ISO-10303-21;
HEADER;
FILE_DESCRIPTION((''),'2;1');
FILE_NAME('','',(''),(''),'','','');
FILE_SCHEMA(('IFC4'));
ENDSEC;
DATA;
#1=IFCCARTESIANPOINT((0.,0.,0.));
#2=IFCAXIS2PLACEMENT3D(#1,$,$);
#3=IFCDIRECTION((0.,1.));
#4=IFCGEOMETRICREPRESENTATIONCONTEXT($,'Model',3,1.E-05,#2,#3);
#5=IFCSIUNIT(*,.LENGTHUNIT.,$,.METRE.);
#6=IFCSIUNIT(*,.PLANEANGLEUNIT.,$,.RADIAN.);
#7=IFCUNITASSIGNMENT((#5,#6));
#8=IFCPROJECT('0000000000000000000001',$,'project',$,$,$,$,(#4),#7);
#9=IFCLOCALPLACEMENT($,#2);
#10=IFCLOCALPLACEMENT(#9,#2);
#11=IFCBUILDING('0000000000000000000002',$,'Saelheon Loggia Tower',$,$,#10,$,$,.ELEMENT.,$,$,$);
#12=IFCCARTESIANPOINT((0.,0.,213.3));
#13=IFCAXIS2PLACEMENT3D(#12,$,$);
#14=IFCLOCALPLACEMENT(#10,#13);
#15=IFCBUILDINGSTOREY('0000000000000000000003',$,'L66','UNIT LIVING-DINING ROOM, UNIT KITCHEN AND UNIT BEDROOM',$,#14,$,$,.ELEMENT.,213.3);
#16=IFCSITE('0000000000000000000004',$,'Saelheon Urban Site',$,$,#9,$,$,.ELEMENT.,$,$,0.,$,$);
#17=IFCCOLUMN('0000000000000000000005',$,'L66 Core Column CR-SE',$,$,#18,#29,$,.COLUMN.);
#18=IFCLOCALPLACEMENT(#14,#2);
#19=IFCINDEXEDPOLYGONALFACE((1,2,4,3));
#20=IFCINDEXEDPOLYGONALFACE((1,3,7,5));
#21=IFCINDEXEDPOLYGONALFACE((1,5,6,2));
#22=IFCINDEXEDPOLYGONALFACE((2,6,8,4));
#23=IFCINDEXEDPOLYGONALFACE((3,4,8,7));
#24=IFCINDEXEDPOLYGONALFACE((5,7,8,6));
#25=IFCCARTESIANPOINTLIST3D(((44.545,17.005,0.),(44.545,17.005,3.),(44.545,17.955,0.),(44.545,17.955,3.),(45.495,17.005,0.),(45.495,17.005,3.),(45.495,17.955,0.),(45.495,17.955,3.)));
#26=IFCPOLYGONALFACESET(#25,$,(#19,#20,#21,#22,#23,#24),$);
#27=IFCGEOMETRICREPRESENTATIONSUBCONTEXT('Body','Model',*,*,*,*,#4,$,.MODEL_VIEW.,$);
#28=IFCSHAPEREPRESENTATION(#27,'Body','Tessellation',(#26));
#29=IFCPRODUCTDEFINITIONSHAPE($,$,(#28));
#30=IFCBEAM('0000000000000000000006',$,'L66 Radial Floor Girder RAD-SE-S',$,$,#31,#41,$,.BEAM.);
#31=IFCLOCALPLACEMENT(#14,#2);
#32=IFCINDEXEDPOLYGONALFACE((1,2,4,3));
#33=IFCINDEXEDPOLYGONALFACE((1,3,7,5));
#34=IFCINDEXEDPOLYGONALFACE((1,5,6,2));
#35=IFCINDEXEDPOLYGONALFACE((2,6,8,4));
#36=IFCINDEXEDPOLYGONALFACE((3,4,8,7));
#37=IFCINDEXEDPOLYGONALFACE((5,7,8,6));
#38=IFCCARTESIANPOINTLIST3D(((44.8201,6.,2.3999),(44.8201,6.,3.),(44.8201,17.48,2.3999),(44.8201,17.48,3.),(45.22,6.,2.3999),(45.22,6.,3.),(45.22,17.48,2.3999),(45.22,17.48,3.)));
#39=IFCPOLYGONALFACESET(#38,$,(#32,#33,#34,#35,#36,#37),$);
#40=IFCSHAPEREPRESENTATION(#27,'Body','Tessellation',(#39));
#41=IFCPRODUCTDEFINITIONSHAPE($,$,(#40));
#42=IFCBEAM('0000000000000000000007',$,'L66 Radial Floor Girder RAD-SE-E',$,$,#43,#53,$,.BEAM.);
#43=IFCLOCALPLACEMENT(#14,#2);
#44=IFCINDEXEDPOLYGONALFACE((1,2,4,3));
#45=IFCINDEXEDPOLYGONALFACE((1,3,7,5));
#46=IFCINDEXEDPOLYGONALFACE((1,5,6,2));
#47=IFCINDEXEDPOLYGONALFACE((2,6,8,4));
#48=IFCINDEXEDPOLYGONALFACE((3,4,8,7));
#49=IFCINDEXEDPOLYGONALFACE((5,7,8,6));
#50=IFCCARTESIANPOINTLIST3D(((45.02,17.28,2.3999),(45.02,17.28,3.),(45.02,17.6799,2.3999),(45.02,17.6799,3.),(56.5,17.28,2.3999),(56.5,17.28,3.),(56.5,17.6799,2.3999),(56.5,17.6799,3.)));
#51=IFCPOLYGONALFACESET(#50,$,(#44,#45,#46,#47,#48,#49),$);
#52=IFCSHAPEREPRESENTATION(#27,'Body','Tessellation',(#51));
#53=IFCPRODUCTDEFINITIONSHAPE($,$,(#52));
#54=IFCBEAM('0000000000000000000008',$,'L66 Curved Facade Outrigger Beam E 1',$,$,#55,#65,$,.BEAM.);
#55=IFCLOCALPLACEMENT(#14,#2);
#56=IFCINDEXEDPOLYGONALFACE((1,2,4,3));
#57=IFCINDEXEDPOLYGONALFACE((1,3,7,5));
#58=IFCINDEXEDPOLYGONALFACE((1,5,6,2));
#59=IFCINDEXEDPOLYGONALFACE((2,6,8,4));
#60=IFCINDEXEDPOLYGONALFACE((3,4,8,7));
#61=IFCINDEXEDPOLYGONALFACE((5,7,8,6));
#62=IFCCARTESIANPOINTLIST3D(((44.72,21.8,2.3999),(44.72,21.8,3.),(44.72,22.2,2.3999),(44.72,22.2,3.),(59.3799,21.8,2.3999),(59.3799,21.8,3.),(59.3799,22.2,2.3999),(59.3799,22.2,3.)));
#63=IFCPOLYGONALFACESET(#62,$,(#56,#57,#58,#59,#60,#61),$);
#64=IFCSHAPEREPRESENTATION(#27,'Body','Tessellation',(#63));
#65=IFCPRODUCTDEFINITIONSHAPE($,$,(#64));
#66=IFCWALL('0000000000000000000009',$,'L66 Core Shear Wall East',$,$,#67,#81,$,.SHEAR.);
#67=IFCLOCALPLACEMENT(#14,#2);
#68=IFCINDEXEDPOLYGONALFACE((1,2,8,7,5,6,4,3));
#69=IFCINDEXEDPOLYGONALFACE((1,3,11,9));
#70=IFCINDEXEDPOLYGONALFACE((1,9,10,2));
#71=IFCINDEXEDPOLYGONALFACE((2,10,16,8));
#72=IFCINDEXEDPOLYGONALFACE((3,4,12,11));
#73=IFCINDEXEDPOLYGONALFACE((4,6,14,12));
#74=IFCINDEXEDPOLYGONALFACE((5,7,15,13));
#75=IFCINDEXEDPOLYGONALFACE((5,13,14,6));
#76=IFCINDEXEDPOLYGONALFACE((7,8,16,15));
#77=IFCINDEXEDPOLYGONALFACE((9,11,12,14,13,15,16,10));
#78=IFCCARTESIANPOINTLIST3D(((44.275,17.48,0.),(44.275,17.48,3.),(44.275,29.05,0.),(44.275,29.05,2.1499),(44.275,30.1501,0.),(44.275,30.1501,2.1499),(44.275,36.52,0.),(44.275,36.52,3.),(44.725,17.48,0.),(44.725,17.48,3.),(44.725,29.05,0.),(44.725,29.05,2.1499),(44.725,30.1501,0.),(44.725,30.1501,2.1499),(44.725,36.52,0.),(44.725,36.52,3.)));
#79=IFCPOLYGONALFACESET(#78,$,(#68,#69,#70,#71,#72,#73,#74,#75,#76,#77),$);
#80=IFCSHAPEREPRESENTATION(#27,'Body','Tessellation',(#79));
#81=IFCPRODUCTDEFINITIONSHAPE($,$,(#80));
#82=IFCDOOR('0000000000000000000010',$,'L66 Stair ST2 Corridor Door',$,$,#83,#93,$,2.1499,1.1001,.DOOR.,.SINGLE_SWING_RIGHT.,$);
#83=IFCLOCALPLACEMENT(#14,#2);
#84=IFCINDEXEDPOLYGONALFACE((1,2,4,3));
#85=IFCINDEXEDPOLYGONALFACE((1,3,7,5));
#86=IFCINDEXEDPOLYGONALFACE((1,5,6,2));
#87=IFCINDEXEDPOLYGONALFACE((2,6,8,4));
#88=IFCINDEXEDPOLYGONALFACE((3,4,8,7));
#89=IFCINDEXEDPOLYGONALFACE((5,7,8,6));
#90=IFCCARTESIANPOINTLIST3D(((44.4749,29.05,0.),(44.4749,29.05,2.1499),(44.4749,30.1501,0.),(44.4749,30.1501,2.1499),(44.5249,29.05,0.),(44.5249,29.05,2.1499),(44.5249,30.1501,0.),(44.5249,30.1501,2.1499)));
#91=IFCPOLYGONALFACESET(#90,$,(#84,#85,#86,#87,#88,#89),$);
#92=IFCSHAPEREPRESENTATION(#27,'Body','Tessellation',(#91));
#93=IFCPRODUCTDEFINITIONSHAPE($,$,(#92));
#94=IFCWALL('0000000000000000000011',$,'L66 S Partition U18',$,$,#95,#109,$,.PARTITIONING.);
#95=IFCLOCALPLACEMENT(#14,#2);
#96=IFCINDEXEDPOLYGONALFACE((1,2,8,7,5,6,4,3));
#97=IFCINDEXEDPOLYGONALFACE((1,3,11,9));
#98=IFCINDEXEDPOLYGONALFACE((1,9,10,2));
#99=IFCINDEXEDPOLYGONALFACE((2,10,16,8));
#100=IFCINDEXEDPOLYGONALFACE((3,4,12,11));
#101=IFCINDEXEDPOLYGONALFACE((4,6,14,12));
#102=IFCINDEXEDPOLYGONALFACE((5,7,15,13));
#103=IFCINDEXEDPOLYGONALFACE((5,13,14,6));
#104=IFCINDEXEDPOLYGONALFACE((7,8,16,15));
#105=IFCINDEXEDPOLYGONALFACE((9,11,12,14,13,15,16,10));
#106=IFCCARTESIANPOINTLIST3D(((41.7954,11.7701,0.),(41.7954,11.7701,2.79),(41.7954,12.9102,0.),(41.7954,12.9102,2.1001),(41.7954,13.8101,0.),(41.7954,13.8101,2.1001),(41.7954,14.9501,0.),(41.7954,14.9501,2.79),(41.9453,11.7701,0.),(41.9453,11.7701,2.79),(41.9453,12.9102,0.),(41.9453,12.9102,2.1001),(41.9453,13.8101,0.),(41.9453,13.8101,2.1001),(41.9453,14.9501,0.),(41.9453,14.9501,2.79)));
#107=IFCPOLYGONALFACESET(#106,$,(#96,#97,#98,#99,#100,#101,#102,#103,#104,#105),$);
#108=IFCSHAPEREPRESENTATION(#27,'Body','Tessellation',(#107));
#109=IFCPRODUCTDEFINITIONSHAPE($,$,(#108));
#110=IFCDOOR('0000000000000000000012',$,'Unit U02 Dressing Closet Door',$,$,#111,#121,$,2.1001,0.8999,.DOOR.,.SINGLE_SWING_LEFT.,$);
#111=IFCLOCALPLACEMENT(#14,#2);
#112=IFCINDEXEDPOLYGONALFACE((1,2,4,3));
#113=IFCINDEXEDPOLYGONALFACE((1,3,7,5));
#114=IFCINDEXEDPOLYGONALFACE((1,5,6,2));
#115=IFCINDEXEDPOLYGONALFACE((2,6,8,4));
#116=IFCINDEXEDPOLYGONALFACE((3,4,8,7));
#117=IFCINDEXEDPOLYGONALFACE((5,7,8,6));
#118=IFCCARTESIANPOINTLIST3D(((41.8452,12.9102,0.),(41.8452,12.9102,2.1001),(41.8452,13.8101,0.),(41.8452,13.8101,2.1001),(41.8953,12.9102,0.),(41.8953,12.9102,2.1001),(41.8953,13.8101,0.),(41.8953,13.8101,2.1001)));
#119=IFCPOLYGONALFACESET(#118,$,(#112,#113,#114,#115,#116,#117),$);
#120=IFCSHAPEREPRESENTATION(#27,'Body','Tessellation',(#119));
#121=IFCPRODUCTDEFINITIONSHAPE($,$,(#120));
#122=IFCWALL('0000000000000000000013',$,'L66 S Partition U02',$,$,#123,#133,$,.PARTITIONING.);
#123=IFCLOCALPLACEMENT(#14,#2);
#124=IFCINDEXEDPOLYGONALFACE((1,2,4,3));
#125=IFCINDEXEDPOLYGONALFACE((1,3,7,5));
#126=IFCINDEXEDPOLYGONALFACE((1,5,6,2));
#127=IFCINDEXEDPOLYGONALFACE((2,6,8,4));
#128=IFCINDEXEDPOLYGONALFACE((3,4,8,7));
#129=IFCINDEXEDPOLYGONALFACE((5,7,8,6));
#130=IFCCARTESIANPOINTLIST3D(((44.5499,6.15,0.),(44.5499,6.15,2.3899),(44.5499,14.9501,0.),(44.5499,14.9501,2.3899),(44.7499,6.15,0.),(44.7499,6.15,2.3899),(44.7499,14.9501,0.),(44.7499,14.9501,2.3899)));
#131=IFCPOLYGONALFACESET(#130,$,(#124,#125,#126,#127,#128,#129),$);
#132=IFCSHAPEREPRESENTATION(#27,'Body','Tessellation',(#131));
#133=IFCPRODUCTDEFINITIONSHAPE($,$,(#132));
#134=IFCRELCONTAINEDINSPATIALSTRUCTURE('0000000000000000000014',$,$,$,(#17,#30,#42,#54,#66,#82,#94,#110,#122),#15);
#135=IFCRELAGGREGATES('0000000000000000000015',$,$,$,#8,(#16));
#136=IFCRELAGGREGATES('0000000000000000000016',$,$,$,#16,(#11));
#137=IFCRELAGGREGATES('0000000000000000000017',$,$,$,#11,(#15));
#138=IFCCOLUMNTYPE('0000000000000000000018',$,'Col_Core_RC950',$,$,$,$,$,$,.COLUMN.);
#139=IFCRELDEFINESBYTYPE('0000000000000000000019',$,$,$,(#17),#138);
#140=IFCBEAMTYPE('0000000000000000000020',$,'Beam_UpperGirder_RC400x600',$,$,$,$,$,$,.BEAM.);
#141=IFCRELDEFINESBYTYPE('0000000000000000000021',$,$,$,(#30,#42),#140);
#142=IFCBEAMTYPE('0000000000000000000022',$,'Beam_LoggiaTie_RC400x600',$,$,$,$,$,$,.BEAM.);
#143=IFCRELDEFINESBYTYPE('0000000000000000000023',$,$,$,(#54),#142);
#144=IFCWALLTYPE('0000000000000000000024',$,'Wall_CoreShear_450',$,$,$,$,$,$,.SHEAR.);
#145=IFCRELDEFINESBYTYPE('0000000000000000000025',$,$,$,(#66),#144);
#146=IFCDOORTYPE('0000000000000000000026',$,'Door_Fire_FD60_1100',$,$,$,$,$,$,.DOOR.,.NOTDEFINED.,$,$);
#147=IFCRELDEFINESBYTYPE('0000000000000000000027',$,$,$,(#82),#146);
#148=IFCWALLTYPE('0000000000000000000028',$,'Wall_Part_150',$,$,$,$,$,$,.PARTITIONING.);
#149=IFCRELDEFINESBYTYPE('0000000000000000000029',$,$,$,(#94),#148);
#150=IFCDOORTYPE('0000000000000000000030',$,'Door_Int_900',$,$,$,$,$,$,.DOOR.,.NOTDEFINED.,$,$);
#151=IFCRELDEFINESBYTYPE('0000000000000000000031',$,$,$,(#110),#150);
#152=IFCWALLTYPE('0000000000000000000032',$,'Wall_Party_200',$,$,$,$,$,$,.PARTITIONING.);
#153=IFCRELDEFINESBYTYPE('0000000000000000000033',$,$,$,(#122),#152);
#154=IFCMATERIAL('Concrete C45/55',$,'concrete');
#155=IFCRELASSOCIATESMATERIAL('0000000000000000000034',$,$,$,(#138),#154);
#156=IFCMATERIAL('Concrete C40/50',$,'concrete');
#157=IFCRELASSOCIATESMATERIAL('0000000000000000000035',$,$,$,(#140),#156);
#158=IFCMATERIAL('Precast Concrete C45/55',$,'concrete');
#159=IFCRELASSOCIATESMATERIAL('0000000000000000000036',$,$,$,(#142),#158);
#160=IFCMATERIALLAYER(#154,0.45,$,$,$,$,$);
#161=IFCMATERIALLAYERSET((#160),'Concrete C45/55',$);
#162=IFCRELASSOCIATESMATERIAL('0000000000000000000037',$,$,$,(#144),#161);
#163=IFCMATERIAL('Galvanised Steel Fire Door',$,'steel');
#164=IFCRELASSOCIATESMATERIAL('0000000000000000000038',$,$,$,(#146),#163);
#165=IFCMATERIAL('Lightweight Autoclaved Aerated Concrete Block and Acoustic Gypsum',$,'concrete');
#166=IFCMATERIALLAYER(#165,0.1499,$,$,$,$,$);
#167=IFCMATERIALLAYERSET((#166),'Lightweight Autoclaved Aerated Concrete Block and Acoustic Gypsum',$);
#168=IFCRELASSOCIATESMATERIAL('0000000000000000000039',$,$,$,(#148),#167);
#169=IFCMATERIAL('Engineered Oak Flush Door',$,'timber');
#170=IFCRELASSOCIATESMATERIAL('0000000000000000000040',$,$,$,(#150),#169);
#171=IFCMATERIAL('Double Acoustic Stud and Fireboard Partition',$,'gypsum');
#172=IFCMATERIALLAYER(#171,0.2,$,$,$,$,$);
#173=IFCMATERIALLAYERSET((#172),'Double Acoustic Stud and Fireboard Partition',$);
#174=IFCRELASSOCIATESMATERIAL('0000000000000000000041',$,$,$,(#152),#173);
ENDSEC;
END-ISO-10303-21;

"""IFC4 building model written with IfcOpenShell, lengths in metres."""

from ifc_helpers import new_model, si_unit, direction, frame, frame_2d, origin, origin_2d, place, context, subcontext, project, spatial, rectangle, extrude, source, transform, mapped, material, layer, layer_set, material_profile, profile_set, type_object, element, fill, save


model = new_model("IFC4")

# Units and contexts
model_context = context("Model", 3, precision=1e-05, world=origin(), true_north=direction((0.0, 1.0)))
body_context = subcontext(model_context, "Body", "Model", "MODEL_VIEW")
ifc_project = project(units=[si_unit("LENGTHUNIT", "METRE"), si_unit("PLANEANGLEUNIT", "RADIAN")], contexts=[model_context])

# Site, building, storey
site_placement = place(None, origin())
site = spatial("IfcSite", under=ifc_project, at=site_placement, Name="Saelheon Urban Site", CompositionType="ELEMENT", RefElevation=0.0)
building_placement = place(site_placement, origin())
building = spatial("IfcBuilding", under=site, at=building_placement, Name="Saelheon Loggia Tower", CompositionType="ELEMENT")
storey_placement = place(building_placement, frame((0.0, 0.0, 213.3)))
storey = spatial("IfcBuildingStorey", under=building, at=storey_placement, Name="L66", Description="UNIT LIVING-DINING ROOM, UNIT KITCHEN AND UNIT BEDROOM", CompositionType="ELEMENT", Elevation=213.3)

# Column
ifc_material_1 = material(Name="Concrete C45/55", Category="concrete")
ifc_material_profile_1 = material_profile(ifc_material_1, rectangle(XDim=0.95, YDim=0.95, at=origin_2d()), Name="RC-950x950")
ifc_profile_set_1 = profile_set([ifc_material_profile_1], Name="Concrete C45/55")
column_type = type_object("IfcColumnType", Name="Col_Core_RC950", PredefinedType="COLUMN", material=ifc_profile_set_1)
shared_shape_1 = source(origin(), body_context, "Body", "SweptSolid", [
    extrude(rectangle(XDim=0.95, YDim=0.95, at=origin_2d()), origin(), (0.0, 0.0, 1.0), 3.0),
])
column_placement = place(storey_placement, frame((45.02, 17.48, 0.0), z_axis=(0.0, 0.0, 1.0), x_axis=(1.0, 0.0, 0.0)))
element("IfcColumn", 1, at=column_placement, inside=storey, type_object=column_type, Name="L66 Core Column CR-SE", PredefinedType="COLUMN", context=body_context, shape_type="MappedRepresentation", body=[
    mapped(shared_shape_1, transform((0.0, 0.0, 0.0), scale=1.0)),
])

# Beams
ifc_material_2 = material(Name="Concrete C40/50", Category="concrete")
ifc_material_profile_2 = material_profile(ifc_material_2, rectangle(XDim=0.3999, YDim=0.6001, at=origin_2d()), Name="RC-400x600")
ifc_profile_set_2 = profile_set([ifc_material_profile_2], Name="Concrete C40/50")
beam_type_1 = type_object("IfcBeamType", Name="Beam_UpperGirder_RC400x600", PredefinedType="BEAM", material=ifc_profile_set_2)
shared_shape_2 = source(origin(), body_context, "Body", "SweptSolid", [
    extrude(rectangle(XDim=0.3999, YDim=0.6001, at=origin_2d()), origin(), (0.0, 0.0, 1.0), 11.48),
])
for number, where, z_axis, x_axis, name in (
    (2, (45.02, 17.48, 2.7), (0.0, -1.0, 0.0), (1.0, 0.0, 0.0), "L66 Radial Floor Girder RAD-SE-S"),
    (3, (45.02, 17.48, 2.7), (1.0, 0.0, 0.0), (0.0, 1.0, 0.0), "L66 Radial Floor Girder RAD-SE-E"),
):
    element("IfcBeam", number, at=place(storey_placement, frame(where, z_axis=z_axis, x_axis=x_axis)), inside=storey, type_object=beam_type_1, Name=name, PredefinedType="BEAM", context=body_context, shape_type="MappedRepresentation", body=[
        mapped(shared_shape_2, transform((0.0, 0.0, 0.0), scale=1.0)),
    ])
ifc_material_3 = material(Name="Precast Concrete C45/55", Category="concrete")
ifc_material_profile_3 = material_profile(ifc_material_3, rectangle(XDim=0.3999, YDim=0.6001, at=origin_2d()), Name="RC-400x600")
ifc_profile_set_3 = profile_set([ifc_material_profile_3], Name="Precast Concrete C45/55")
beam_type_2 = type_object("IfcBeamType", Name="Beam_LoggiaTie_RC400x600", PredefinedType="BEAM", material=ifc_profile_set_3)
shared_shape_3 = source(origin(), body_context, "Body", "SweptSolid", [
    extrude(rectangle(XDim=0.3999, YDim=0.6001, at=origin_2d()), origin(), (0.0, 0.0, 1.0), 14.6599),
])
beam_placement = place(storey_placement, frame((44.72, 22.0, 2.7), z_axis=(1.0, 0.0, 0.0), x_axis=(0.0, 1.0, 0.0)))
element("IfcBeam", 4, at=beam_placement, inside=storey, type_object=beam_type_2, Name="L66 Curved Facade Outrigger Beam E 1", PredefinedType="BEAM", context=body_context, shape_type="MappedRepresentation", body=[
    mapped(shared_shape_3, transform((0.0, 0.0, 0.0), scale=1.0)),
])

# Walls, openings, doors
ifc_layer_1 = layer(ifc_material_1, 0.45)
ifc_layer_set_1 = layer_set([ifc_layer_1], Name="Concrete C45/55")
wall_type_1 = type_object("IfcWallType", Name="Wall_CoreShear_450", PredefinedType="SHEAR", material=ifc_layer_set_1)
wall_1_placement = place(storey_placement, frame((44.5, 17.48, 0.0), z_axis=(0.0, 0.0, 1.0), x_axis=(0.0, 1.0, 0.0)))
wall_1 = element("IfcWall", 5, at=wall_1_placement, inside=storey, type_object=wall_type_1, Name="L66 Core Shear Wall East", PredefinedType="SHEAR", context=body_context, shape_type="SweptSolid", body=[
    extrude(rectangle(XDim=19.04, YDim=0.45, at=frame_2d((9.52, 0.0))), origin(), (0.0, 0.0, 1.0), 3.0),
])
opening_1_placement = place(wall_1_placement, frame((12.6702, 0.0, 0.0), z_axis=(0.0, 0.0, 1.0), x_axis=(-1.0, 0.0, 0.0)))
opening_1 = element("IfcOpeningElement", 6, at=opening_1_placement, cuts=wall_1, PredefinedType="OPENING", context=body_context, shape_type="SweptSolid", body=[
    extrude(rectangle(XDim=1.1001, YDim=2.1499, at=frame_2d((0.55, 1.075))), frame((0.0, 0.2371, 0.0), z_axis=(0.0, -1.0, 0.0), x_axis=(1.0, 0.0, 0.0)), (0.0, 0.0, 1.0), 0.4739),
])
ifc_material_4 = material(Name="Galvanised Steel Fire Door", Category="steel")
door_type_1 = type_object("IfcDoorType", Name="Door_Fire_FD60_1100", OperationType="NOTDEFINED", PredefinedType="DOOR", material=ifc_material_4)
shared_shape_4 = source(origin(), body_context, "Body", "SweptSolid", [
    extrude(rectangle(XDim=1.1001, YDim=2.1499, at=frame_2d((0.55, 1.075))), frame((0.0, 0.0249, 0.0), z_axis=(0.0, -1.0, 0.0), x_axis=(1.0, 0.0, 0.0)), (0.0, 0.0, 1.0), 0.05),
])
door_1_placement = place(opening_1_placement, origin())
door_1 = element("IfcDoor", 7, at=door_1_placement, inside=storey, type_object=door_type_1, Name="L66 Stair ST2 Corridor Door", OperationType="SINGLE_SWING_RIGHT", OverallHeight=2.1499, OverallWidth=1.1001, PredefinedType="DOOR", context=body_context, shape_type="MappedRepresentation", body=[
    mapped(shared_shape_4, transform((0.0, 0.0, 0.0), scale=1.0)),
])
fill(opening_1, door_1)
ifc_material_5 = material(Name="Lightweight Autoclaved Aerated Concrete Block and Acoustic Gypsum", Category="concrete")
ifc_layer_2 = layer(ifc_material_5, 0.1499)
ifc_layer_set_2 = layer_set([ifc_layer_2], Name="Lightweight Autoclaved Aerated Concrete Block and Acoustic Gypsum")
wall_type_2 = type_object("IfcWallType", Name="Wall_Part_150", PredefinedType="PARTITIONING", material=ifc_layer_set_2)
wall_2_placement = place(storey_placement, frame((41.8704, 14.95, 0.0), z_axis=(0.0, 0.0, 1.0), x_axis=(0.0, -1.0, 0.0)))
wall_2 = element("IfcWall", 8, at=wall_2_placement, inside=storey, type_object=wall_type_2, Name="L66 S Partition U18", PredefinedType="PARTITIONING", context=body_context, shape_type="SweptSolid", body=[
    extrude(rectangle(XDim=3.1799, YDim=0.1499, at=frame_2d((1.5898, 0.0))), origin(), (0.0, 0.0, 1.0), 2.79),
])
opening_2_placement = place(wall_2_placement, frame((1.1399, 0.0, 0.0)))
opening_2 = element("IfcOpeningElement", 9, at=opening_2_placement, cuts=wall_2, PredefinedType="OPENING", context=body_context, shape_type="SweptSolid", body=[
    extrude(rectangle(XDim=0.8999, YDim=2.1001, at=frame_2d((0.45, 1.05))), frame((0.0, 0.0869, 0.0), z_axis=(0.0, -1.0, 0.0), x_axis=(1.0, 0.0, 0.0)), (0.0, 0.0, 1.0), 0.1738),
])
ifc_material_6 = material(Name="Engineered Oak Flush Door", Category="timber")
door_type_2 = type_object("IfcDoorType", Name="Door_Int_900", OperationType="NOTDEFINED", PredefinedType="DOOR", material=ifc_material_6)
shared_shape_5 = source(origin(), body_context, "Body", "SweptSolid", [
    extrude(rectangle(XDim=0.8999, YDim=2.1001, at=frame_2d((0.45, 1.05))), frame((0.0, 0.0249, 0.0), z_axis=(0.0, -1.0, 0.0), x_axis=(1.0, 0.0, 0.0)), (0.0, 0.0, 1.0), 0.05),
])
door_2_placement = place(opening_2_placement, origin())
door_2 = element("IfcDoor", 10, at=door_2_placement, inside=storey, type_object=door_type_2, Name="Unit U02 Dressing Closet Door", OperationType="SINGLE_SWING_LEFT", OverallHeight=2.1001, OverallWidth=0.8999, PredefinedType="DOOR", context=body_context, shape_type="MappedRepresentation", body=[
    mapped(shared_shape_5, transform((0.0, 0.0, 0.0), scale=1.0)),
])
fill(opening_2, door_2)

# Wall
ifc_material_7 = material(Name="Double Acoustic Stud and Fireboard Partition", Category="gypsum")
ifc_layer_3 = layer(ifc_material_7, 0.2)
ifc_layer_set_3 = layer_set([ifc_layer_3], Name="Double Acoustic Stud and Fireboard Partition")
wall_type_3 = type_object("IfcWallType", Name="Wall_Party_200", PredefinedType="PARTITIONING", material=ifc_layer_set_3)
wall_3_placement = place(storey_placement, frame((44.6499, 14.95, 0.0), z_axis=(0.0, 0.0, 1.0), x_axis=(0.0, -1.0, 0.0)))
element("IfcWall", 11, at=wall_3_placement, inside=storey, type_object=wall_type_3, Name="L66 S Partition U02", PredefinedType="PARTITIONING", context=body_context, shape_type="SweptSolid", body=[
    extrude(rectangle(XDim=8.8, YDim=0.2, at=frame_2d((4.3999, 0.0))), origin(), (0.0, 0.0, 1.0), 2.3899),
])

save(model, "model.ifc")
